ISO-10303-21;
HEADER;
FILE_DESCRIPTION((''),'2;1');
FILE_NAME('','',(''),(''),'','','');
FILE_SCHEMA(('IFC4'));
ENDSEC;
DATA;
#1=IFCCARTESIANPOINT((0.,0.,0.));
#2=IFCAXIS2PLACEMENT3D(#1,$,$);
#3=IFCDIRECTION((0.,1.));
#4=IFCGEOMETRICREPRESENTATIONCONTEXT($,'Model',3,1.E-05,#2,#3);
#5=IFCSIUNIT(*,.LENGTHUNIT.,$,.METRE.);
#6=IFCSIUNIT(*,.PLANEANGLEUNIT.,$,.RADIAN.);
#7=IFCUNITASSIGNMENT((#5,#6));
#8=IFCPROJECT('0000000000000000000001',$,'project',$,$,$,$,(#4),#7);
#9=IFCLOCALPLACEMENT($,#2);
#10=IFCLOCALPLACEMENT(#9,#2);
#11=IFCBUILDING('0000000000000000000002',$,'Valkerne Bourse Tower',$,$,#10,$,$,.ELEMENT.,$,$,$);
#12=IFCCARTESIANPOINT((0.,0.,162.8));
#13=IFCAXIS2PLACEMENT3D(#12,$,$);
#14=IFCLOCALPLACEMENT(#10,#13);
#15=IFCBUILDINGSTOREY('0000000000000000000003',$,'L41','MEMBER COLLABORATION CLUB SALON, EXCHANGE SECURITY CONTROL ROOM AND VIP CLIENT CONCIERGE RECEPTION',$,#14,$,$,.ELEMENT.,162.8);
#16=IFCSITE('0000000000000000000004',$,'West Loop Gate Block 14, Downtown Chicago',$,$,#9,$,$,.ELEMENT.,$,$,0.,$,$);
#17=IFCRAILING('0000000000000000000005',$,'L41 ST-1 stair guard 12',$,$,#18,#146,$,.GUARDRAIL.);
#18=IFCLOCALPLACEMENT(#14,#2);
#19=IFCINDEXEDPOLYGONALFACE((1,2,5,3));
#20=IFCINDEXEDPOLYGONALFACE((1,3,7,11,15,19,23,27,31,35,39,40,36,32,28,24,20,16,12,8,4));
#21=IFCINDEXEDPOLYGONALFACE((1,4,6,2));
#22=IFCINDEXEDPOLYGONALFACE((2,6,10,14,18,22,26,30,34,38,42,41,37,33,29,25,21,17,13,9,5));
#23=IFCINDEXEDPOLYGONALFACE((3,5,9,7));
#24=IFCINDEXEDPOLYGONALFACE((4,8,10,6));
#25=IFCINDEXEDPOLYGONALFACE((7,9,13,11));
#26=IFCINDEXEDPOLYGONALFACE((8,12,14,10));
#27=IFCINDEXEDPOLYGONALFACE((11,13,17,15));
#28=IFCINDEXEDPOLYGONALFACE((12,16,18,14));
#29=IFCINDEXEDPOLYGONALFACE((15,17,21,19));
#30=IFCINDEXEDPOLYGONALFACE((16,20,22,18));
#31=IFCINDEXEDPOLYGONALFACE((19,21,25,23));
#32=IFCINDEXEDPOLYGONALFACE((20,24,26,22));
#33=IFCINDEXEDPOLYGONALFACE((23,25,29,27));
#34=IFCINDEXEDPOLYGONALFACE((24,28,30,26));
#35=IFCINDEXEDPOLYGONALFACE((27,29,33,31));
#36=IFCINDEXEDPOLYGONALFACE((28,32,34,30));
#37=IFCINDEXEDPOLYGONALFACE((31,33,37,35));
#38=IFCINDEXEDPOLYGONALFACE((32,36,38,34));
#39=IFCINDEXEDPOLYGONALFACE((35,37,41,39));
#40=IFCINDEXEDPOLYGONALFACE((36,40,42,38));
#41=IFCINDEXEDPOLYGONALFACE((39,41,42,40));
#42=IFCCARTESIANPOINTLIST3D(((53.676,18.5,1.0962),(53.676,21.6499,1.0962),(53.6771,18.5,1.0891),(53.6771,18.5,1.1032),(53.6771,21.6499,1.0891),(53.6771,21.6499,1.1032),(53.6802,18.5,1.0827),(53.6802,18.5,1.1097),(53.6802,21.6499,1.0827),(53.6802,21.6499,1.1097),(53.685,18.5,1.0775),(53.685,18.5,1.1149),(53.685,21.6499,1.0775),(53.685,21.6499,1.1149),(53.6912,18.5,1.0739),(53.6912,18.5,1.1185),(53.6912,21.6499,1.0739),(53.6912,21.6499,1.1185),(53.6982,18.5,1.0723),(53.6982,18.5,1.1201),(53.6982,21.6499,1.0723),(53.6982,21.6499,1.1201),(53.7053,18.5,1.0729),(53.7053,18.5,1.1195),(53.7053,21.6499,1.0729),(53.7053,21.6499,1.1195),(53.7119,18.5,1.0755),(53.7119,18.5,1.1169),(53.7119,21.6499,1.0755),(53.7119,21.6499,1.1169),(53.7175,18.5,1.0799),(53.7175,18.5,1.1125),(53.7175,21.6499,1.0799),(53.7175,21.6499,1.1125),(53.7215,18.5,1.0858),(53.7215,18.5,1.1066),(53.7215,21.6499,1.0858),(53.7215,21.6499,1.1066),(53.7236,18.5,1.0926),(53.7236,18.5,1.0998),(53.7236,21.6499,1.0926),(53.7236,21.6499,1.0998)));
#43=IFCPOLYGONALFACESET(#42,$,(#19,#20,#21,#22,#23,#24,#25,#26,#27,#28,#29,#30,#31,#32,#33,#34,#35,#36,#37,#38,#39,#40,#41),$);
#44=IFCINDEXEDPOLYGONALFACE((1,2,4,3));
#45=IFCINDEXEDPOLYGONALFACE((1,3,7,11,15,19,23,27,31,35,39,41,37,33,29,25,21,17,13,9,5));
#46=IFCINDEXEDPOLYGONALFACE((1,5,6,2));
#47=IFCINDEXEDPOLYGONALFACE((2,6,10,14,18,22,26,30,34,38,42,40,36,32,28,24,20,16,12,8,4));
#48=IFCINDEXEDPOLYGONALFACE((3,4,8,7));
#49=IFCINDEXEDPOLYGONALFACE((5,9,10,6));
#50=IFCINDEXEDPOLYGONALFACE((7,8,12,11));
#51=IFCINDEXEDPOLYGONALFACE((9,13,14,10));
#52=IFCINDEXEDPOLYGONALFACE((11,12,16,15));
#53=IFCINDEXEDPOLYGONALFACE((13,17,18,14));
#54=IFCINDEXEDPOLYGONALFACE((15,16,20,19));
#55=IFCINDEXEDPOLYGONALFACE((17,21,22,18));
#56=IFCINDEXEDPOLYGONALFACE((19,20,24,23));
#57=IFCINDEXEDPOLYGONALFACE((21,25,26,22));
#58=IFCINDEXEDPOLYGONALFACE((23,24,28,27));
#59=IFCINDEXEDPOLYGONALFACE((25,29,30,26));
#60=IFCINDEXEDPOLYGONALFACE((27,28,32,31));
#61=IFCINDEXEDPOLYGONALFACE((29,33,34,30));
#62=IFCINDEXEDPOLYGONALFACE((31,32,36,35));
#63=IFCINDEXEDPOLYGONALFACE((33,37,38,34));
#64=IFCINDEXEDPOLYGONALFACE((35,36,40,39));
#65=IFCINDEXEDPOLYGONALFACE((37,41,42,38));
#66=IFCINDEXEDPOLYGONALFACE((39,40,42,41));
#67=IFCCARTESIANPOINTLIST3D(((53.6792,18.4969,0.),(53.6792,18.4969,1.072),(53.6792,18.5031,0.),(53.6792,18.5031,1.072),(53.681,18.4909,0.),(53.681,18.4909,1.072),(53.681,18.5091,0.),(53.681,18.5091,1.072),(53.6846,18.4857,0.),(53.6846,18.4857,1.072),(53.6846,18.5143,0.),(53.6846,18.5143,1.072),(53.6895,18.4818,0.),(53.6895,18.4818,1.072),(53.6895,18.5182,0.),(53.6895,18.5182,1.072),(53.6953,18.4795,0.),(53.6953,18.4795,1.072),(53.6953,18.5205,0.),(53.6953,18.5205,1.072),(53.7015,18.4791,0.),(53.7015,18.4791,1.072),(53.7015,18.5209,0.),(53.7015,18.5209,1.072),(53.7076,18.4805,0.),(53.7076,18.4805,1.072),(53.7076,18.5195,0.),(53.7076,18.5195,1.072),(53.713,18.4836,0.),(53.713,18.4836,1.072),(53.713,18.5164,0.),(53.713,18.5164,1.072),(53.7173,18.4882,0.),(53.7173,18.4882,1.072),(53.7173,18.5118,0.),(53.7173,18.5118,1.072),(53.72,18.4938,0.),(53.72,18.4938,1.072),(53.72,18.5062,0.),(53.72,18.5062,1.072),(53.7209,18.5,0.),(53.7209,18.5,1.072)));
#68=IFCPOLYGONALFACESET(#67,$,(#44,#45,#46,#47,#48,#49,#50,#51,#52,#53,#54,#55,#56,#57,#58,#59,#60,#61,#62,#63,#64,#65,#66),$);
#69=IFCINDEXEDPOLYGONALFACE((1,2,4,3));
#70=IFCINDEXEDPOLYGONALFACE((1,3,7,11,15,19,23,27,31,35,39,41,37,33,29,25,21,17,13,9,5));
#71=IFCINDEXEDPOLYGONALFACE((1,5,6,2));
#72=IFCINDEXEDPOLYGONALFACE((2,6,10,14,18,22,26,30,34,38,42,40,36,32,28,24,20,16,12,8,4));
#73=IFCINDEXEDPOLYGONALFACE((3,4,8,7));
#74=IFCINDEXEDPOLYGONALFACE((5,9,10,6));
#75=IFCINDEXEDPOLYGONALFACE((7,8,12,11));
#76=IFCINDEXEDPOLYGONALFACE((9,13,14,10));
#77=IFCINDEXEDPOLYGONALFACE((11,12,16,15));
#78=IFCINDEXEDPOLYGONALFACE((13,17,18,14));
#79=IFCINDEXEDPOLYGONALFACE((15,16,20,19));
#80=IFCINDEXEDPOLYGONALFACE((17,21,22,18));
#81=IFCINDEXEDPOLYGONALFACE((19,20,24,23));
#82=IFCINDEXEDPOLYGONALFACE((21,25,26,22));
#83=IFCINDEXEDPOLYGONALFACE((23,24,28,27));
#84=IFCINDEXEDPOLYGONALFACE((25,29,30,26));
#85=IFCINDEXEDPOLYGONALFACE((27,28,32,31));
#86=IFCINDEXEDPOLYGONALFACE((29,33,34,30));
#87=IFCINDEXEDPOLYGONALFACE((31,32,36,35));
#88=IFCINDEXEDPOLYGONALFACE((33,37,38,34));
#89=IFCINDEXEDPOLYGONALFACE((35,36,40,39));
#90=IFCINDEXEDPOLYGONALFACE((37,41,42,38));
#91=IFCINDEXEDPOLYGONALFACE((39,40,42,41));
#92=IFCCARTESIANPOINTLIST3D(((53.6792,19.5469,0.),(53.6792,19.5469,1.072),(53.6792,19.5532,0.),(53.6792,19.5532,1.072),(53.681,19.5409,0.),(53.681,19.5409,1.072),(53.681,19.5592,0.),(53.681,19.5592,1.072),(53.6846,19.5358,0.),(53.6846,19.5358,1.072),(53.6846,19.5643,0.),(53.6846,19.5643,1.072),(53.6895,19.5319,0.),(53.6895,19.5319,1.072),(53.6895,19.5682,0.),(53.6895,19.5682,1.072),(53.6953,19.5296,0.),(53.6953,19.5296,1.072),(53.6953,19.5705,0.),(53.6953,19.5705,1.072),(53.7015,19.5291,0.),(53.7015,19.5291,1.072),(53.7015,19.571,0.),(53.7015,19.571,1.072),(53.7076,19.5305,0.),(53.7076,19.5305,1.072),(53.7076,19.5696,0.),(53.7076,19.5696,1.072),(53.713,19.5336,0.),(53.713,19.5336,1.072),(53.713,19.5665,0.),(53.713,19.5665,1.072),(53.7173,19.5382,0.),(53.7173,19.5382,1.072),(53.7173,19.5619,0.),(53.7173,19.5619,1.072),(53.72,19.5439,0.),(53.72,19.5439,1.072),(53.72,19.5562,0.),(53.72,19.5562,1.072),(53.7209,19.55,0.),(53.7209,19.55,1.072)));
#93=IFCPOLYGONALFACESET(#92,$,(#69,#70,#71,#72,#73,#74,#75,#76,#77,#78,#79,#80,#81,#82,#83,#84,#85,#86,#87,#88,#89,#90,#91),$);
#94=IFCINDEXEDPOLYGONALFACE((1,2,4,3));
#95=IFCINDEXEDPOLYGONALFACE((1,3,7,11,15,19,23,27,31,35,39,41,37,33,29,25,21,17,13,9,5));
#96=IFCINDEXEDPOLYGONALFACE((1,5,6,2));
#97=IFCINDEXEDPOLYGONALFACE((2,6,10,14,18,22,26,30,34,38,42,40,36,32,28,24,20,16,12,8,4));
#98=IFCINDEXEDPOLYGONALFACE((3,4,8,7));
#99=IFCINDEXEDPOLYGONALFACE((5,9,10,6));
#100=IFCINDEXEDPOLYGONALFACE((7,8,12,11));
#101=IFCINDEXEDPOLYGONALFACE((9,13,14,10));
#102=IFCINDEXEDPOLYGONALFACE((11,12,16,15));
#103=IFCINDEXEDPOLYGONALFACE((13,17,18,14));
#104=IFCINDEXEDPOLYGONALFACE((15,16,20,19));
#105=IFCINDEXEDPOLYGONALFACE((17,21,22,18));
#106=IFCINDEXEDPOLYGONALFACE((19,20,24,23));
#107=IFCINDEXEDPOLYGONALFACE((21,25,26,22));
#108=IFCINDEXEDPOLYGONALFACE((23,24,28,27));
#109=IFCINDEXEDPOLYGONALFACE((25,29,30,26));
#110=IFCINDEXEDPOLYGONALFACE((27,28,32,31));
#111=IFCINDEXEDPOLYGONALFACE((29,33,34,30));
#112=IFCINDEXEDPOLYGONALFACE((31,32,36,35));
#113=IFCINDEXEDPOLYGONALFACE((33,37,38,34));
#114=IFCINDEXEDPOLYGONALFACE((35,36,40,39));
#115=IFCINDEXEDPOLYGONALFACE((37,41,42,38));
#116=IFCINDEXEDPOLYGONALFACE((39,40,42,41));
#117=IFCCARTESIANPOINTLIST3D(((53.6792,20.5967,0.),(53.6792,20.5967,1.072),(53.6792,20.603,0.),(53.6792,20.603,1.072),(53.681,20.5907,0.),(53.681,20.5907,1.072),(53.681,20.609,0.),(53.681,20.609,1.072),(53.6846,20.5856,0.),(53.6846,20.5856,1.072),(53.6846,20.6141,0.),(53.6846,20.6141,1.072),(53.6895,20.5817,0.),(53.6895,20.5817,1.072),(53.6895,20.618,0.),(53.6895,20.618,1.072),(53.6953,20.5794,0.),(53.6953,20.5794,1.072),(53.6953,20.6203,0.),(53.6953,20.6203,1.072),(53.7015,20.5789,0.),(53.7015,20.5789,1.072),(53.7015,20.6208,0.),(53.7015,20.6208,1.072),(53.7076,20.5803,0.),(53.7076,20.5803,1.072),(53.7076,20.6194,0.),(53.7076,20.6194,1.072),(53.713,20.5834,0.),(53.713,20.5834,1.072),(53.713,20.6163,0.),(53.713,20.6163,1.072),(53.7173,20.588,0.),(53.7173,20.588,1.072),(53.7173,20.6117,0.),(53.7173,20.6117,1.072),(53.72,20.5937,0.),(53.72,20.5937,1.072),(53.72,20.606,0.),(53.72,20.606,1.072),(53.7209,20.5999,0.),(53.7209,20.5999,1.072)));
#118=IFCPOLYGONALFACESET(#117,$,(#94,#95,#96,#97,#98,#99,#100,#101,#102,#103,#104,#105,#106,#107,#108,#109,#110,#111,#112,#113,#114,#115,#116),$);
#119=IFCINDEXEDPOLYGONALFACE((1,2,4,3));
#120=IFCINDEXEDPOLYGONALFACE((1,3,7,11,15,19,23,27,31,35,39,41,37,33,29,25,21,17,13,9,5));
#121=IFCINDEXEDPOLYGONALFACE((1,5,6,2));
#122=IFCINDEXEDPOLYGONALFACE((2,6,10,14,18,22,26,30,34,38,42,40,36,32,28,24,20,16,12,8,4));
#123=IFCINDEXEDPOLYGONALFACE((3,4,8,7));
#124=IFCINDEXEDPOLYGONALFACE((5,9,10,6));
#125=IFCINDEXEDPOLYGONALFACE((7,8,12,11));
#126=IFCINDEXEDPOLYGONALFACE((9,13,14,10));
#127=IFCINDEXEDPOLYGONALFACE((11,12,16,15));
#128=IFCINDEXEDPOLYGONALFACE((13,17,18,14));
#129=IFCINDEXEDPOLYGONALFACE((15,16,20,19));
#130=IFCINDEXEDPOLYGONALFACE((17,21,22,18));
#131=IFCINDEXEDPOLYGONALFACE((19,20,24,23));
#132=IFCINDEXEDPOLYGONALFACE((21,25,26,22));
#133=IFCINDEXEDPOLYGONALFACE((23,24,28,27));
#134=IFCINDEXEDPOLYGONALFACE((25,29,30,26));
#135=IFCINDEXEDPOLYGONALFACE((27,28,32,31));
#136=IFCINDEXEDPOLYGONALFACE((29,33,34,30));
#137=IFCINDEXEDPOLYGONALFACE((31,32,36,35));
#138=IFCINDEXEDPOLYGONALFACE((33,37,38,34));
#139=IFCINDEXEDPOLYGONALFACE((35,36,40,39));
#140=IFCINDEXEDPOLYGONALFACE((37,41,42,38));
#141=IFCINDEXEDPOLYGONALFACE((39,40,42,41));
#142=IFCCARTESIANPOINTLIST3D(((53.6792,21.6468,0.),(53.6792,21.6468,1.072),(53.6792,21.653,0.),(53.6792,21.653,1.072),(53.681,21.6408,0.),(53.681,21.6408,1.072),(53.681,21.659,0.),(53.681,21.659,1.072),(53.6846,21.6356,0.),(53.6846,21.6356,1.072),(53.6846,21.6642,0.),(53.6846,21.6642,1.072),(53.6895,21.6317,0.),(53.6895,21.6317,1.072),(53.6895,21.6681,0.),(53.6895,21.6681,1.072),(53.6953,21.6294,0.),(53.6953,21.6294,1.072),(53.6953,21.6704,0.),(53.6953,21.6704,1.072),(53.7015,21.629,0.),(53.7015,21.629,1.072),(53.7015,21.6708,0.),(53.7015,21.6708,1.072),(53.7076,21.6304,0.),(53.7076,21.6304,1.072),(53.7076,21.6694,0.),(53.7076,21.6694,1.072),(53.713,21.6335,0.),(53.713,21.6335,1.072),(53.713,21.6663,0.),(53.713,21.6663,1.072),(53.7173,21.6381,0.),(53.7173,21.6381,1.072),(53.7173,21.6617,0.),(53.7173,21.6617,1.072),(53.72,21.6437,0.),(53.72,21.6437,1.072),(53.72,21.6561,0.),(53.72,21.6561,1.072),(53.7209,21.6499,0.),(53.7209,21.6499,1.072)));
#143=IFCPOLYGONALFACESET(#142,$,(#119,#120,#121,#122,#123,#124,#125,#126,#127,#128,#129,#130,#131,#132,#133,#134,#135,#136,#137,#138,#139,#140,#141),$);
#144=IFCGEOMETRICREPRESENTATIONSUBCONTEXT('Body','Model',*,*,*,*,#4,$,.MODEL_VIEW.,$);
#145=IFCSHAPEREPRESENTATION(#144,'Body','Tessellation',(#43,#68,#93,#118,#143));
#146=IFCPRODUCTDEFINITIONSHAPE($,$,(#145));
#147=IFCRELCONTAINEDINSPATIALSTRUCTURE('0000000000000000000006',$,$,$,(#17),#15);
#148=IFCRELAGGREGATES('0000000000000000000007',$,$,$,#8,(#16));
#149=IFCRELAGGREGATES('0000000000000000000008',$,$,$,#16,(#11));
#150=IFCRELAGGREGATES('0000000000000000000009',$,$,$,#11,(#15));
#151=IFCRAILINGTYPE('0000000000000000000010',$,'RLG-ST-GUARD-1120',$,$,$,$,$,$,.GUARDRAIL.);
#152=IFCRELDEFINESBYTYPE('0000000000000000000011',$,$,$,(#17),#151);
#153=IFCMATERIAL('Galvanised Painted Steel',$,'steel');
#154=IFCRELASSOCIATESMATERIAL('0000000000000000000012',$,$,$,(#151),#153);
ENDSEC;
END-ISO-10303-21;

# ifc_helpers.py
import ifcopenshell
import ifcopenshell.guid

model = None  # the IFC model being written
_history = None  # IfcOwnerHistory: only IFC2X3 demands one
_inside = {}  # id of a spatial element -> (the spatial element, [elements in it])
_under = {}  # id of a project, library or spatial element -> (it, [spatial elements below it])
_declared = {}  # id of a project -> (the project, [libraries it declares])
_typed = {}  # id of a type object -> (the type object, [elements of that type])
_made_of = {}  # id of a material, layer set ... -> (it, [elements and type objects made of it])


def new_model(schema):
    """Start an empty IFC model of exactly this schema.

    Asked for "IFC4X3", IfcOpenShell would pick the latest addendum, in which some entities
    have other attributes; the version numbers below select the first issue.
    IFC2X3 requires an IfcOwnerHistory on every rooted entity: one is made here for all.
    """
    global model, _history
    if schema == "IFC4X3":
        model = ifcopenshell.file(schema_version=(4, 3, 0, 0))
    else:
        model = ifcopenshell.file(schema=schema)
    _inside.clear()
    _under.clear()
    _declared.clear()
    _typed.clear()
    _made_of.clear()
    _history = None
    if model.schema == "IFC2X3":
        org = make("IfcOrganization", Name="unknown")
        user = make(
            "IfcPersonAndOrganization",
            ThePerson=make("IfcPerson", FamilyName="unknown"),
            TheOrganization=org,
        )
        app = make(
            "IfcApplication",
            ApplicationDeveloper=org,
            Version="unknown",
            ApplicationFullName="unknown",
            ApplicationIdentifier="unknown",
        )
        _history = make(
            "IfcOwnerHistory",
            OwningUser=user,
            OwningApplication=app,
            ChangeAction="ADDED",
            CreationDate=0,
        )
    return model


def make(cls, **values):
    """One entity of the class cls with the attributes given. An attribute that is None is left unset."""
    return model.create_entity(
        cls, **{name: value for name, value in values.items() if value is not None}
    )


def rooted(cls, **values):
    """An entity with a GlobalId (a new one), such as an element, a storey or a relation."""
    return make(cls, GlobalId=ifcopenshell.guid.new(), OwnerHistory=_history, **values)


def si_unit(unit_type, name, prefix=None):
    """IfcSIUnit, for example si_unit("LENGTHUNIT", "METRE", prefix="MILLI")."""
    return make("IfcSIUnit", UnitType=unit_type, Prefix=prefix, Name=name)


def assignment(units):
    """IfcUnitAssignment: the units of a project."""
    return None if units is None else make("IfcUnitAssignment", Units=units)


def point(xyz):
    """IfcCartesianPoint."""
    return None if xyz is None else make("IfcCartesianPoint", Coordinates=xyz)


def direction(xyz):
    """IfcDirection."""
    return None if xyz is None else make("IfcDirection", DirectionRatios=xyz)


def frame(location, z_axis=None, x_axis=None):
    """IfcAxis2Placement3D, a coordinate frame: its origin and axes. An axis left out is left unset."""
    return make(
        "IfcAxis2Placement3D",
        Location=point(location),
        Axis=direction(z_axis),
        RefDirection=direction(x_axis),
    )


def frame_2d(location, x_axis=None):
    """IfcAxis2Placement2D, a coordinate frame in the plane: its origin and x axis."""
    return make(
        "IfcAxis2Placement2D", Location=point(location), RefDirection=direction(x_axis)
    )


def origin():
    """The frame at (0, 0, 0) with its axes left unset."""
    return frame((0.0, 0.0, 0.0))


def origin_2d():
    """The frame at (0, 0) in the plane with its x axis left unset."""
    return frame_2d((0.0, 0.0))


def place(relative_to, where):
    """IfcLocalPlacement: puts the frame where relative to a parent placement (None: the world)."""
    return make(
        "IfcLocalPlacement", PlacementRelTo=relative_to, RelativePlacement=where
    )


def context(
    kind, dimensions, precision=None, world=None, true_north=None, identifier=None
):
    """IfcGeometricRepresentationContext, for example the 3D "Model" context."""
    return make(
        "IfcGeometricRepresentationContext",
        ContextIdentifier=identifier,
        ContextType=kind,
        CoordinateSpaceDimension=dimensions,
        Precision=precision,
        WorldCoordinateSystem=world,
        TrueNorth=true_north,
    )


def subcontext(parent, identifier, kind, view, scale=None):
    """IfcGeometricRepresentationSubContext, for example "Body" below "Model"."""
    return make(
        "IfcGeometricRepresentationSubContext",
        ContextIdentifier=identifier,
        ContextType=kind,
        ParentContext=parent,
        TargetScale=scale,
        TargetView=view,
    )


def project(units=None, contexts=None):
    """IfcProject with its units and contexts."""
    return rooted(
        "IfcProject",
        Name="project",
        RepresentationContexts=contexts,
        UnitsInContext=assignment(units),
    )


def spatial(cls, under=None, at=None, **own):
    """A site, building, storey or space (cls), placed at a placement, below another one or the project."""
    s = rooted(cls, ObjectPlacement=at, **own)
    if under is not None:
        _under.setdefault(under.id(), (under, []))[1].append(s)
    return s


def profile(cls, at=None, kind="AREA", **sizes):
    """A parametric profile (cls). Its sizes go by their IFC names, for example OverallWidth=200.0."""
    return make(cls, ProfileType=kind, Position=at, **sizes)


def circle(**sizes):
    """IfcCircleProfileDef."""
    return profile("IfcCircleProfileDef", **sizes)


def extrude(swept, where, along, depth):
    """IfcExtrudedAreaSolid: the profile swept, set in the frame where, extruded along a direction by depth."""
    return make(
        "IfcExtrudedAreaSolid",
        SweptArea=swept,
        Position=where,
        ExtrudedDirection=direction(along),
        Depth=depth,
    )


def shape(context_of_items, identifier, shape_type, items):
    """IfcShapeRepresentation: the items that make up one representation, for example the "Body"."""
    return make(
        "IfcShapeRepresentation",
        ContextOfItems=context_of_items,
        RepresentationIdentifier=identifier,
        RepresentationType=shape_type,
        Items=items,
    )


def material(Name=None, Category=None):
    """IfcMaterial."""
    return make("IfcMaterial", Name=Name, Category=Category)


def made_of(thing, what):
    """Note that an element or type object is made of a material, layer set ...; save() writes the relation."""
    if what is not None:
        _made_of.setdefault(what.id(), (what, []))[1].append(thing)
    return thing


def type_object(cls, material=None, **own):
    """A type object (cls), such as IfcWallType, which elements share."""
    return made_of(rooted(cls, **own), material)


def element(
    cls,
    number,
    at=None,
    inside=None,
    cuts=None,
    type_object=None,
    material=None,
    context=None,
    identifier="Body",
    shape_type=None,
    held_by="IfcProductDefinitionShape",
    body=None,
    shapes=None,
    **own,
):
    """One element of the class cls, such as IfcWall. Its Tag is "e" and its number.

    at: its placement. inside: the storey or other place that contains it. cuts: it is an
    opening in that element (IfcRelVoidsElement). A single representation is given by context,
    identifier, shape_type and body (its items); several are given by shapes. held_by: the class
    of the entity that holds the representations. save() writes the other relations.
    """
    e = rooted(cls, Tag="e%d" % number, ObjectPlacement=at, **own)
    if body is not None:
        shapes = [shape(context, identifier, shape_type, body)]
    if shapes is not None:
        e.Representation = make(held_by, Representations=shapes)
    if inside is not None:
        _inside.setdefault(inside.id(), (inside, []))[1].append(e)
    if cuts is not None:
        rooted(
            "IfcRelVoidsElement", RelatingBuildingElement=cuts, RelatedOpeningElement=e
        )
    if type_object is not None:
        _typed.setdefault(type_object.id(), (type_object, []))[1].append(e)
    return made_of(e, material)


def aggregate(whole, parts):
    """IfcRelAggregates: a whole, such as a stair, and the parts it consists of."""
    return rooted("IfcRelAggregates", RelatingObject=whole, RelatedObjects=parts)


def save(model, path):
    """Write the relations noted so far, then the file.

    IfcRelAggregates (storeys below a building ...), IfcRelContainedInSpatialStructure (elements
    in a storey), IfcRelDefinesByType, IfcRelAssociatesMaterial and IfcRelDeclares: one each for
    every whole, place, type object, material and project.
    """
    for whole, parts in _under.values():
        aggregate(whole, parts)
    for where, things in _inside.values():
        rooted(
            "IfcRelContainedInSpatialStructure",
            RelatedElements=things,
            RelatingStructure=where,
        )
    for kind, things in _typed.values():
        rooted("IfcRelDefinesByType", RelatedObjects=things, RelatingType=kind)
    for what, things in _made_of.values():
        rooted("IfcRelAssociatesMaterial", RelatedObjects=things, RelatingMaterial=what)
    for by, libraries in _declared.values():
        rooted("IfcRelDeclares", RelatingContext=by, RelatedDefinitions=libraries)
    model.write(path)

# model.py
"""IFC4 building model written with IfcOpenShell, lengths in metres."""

from ifc_helpers import new_model, si_unit, direction, frame, origin, origin_2d, place, context, subcontext, project, spatial, circle, extrude, material, type_object, element, save


model = new_model("IFC4")

# Units and contexts
model_context = context("Model", 3, precision=1e-05, world=origin(), true_north=direction((0.0, 1.0)))
body_context = subcontext(model_context, "Body", "Model", "MODEL_VIEW")
ifc_project = project(units=[si_unit("LENGTHUNIT", "METRE"), si_unit("PLANEANGLEUNIT", "RADIAN")], contexts=[model_context])

# Site, building, storey
site_placement = place(None, origin())
site = spatial("IfcSite", under=ifc_project, at=site_placement, Name="West Loop Gate Block 14, Downtown Chicago", CompositionType="ELEMENT", RefElevation=0.0)
building_placement = place(site_placement, origin())
building = spatial("IfcBuilding", under=site, at=building_placement, Name="Valkerne Bourse Tower", CompositionType="ELEMENT")
storey_placement = place(building_placement, frame((0.0, 0.0, 162.8)))
storey = spatial("IfcBuildingStorey", under=building, at=storey_placement, Name="L41", Description="MEMBER COLLABORATION CLUB SALON, EXCHANGE SECURITY CONTROL ROOM AND VIP CLIENT CONCIERGE RECEPTION", CompositionType="ELEMENT", Elevation=162.8)

# Railing
ifc_material_1 = material(Name="Galvanised Painted Steel", Category="steel")
railing_type = type_object("IfcRailingType", Name="RLG-ST-GUARD-1120", PredefinedType="GUARDRAIL", material=ifc_material_1)
railing_1_placement = place(storey_placement, frame((53.7, 18.5, 0.0)))
element("IfcRailing", 1, at=railing_1_placement, inside=storey, type_object=railing_type, Name="L41 ST-1 stair guard 12", PredefinedType="GUARDRAIL", context=body_context, shape_type="SweptSolid", body=[
    extrude(circle(Radius=0.0239, at=origin_2d()), frame((0.0, 0.0, 1.0962), z_axis=(0.0, 1.0, 0.0), x_axis=(-1.0, 0.0, 0.0)), (0.0, 0.0, 1.0), 3.1499),
    extrude(circle(Radius=0.021, at=origin_2d()), origin(), (0.0, 0.0, 1.0), 1.072),
    extrude(circle(Radius=0.021, at=origin_2d()), frame((0.0, 1.05, 0.0)), (0.0, 0.0, 1.0), 1.072),
    extrude(circle(Radius=0.021, at=origin_2d()), frame((0.0, 2.0999, 0.0)), (0.0, 0.0, 1.0), 1.072),
    extrude(circle(Radius=0.021, at=origin_2d()), frame((0.0, 3.1499, 0.0)), (0.0, 0.0, 1.0), 1.072),
])

save(model, "model.ifc")
